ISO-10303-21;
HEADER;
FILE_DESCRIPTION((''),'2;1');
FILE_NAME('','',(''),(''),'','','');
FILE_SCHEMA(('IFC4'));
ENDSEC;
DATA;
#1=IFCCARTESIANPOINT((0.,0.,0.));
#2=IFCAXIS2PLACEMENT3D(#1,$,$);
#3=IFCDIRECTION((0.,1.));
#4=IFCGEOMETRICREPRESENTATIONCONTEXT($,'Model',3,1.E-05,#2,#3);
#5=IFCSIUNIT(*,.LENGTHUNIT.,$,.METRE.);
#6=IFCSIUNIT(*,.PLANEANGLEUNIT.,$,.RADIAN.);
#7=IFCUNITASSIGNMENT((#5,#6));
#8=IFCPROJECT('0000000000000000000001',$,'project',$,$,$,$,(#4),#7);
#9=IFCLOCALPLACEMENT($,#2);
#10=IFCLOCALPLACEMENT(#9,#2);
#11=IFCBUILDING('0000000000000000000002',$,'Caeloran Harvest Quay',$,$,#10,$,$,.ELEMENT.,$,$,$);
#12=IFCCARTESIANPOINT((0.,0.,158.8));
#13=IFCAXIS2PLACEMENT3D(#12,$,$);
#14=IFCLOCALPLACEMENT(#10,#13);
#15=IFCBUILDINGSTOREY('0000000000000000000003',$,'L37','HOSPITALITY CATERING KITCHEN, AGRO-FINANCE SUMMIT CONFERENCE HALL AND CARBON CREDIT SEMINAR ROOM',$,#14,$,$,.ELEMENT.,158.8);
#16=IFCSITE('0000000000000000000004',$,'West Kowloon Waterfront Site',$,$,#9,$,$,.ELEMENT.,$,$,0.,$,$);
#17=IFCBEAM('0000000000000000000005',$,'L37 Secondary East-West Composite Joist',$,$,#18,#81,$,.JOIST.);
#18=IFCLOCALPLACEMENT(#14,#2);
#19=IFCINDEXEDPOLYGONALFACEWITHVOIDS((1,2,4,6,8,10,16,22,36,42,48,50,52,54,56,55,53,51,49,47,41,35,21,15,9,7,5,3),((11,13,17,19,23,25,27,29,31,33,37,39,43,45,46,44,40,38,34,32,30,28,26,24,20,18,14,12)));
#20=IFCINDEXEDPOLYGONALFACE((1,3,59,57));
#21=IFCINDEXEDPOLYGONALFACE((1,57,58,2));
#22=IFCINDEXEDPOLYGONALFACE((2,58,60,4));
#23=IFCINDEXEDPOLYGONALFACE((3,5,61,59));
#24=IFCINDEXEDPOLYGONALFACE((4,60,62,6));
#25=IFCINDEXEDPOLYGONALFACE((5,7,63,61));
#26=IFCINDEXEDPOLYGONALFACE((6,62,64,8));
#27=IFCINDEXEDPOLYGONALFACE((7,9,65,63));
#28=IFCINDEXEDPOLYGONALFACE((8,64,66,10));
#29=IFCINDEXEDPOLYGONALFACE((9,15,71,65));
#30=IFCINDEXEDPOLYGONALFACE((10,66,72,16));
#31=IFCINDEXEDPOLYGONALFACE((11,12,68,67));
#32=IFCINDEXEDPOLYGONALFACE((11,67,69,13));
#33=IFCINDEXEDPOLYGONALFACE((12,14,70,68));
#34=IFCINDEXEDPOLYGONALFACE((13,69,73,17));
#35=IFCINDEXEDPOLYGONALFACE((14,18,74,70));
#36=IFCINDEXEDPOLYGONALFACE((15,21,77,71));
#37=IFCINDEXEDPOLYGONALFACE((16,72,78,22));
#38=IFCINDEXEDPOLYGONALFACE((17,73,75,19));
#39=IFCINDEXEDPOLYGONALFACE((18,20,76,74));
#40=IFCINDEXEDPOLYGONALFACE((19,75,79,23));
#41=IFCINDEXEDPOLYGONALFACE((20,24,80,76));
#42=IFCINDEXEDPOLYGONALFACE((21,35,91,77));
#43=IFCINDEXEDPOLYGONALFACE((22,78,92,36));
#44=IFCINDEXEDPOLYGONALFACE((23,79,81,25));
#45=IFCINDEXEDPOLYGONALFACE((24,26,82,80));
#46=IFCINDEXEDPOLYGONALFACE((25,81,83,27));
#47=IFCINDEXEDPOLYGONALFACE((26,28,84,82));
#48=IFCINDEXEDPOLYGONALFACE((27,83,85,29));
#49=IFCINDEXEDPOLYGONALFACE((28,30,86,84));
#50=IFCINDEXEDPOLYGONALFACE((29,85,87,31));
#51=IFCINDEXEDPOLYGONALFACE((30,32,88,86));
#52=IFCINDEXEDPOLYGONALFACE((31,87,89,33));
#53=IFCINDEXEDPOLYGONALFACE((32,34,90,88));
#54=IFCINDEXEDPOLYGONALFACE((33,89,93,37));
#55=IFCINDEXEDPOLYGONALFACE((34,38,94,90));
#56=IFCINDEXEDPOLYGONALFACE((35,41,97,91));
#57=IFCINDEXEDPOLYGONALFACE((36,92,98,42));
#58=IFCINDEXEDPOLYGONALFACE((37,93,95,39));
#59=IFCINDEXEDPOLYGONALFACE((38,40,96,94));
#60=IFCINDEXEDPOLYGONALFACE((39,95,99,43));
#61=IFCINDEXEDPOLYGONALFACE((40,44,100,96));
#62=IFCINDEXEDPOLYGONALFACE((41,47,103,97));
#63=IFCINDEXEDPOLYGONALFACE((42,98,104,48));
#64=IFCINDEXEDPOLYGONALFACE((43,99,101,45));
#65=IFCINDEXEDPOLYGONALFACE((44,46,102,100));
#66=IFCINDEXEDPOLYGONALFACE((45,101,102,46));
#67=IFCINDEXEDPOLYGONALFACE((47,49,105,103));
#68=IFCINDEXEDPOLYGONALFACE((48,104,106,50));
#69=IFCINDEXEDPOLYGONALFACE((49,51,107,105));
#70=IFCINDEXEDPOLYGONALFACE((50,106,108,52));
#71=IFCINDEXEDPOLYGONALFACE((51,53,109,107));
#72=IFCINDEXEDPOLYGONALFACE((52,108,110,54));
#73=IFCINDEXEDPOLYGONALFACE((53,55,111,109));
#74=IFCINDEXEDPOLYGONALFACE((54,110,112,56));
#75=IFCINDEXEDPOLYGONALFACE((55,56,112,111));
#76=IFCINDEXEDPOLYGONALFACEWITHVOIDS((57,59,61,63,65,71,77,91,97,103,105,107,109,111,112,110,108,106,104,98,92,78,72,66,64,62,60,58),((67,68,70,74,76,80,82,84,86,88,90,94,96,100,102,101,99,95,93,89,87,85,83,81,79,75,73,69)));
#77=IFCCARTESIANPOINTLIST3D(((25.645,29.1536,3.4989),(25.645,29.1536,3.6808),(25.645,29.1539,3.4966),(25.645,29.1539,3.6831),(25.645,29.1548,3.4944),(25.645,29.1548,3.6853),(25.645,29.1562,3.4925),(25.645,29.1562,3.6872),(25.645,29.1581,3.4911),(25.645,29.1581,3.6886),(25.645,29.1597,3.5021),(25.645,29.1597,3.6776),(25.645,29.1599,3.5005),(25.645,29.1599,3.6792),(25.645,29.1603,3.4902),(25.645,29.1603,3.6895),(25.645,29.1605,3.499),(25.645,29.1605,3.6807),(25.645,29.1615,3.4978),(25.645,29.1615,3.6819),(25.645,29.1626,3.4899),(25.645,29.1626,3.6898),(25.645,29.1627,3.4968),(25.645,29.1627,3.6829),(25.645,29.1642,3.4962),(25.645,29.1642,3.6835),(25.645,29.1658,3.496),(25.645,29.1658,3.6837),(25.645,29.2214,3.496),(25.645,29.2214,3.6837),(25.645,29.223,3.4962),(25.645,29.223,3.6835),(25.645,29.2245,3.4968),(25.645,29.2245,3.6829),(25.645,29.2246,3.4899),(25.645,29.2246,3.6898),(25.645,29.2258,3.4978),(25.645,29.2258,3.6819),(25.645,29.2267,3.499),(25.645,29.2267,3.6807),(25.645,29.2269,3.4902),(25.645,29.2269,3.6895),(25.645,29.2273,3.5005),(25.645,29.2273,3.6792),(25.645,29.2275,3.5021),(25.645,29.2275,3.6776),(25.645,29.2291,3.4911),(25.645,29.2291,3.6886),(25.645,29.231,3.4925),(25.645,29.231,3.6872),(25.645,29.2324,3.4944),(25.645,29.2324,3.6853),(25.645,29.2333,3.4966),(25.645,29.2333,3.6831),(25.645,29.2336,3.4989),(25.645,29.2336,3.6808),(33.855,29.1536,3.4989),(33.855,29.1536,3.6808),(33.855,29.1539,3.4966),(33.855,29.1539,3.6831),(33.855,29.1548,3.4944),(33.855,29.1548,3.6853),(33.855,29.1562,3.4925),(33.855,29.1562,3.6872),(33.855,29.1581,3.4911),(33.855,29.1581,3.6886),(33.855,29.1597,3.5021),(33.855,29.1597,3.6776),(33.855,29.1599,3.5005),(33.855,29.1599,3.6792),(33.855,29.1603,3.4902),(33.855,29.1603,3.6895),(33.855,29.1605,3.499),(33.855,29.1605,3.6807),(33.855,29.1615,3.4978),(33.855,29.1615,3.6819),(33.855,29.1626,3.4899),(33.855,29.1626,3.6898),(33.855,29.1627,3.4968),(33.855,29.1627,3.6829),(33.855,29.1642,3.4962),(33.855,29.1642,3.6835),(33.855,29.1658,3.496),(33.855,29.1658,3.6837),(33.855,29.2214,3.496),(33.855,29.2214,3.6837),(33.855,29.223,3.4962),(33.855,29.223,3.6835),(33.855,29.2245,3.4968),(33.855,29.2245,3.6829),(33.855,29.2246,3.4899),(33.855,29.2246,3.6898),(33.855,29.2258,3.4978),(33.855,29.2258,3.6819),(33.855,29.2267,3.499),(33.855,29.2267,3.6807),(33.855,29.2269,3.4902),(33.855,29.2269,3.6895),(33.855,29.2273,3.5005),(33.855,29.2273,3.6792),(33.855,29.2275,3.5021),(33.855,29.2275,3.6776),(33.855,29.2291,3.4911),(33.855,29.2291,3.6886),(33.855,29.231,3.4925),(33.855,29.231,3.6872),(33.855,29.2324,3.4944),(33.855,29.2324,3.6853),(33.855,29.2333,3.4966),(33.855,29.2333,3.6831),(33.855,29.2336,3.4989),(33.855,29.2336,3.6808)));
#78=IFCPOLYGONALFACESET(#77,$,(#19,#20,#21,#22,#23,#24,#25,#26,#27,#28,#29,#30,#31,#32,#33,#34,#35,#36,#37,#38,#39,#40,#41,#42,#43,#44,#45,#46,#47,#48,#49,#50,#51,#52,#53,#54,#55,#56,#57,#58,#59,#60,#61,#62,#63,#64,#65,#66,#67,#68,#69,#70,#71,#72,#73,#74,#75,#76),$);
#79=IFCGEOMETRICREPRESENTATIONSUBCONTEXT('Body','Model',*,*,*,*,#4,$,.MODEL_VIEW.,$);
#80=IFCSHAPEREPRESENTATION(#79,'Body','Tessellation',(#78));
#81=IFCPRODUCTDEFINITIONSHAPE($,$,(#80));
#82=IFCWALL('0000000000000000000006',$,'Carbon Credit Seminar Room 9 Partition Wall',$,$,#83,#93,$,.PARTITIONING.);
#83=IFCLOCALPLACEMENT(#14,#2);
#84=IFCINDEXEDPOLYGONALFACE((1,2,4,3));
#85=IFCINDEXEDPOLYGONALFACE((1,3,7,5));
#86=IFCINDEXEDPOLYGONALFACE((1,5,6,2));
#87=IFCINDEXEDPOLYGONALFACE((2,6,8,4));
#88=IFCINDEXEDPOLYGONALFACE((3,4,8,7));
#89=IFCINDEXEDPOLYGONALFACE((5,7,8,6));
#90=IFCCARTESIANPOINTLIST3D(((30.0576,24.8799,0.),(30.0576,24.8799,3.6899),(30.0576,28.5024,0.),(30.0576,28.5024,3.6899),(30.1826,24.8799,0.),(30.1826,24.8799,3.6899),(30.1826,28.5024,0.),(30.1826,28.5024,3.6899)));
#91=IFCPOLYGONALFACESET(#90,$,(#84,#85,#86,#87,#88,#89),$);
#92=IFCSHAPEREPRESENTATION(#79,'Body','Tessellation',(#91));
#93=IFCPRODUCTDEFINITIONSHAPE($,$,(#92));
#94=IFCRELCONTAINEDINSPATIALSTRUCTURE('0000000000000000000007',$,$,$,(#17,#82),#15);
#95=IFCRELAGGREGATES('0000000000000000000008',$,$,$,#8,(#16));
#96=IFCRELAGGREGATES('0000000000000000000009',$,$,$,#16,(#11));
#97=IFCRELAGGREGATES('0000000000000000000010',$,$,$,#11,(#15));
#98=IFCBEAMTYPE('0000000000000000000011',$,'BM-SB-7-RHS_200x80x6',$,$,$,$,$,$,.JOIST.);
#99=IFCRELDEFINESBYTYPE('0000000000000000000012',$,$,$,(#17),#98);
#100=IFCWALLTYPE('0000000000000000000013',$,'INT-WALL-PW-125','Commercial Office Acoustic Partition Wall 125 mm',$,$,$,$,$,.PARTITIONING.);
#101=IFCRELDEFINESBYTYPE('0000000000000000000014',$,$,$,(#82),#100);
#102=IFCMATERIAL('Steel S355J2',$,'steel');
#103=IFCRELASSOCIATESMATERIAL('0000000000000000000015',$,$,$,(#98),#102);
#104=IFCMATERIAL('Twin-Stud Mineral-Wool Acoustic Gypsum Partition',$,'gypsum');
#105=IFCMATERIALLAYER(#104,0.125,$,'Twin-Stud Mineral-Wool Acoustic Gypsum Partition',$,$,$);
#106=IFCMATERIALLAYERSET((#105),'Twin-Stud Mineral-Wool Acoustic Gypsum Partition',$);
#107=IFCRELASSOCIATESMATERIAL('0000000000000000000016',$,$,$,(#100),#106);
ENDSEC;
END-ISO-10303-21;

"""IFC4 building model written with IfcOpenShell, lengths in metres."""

from ifc_helpers import new_model, si_unit, direction, frame, frame_2d, origin, origin_2d, place, context, subcontext, project, spatial, rectangle, hollow_rectangle, extrude, material, layer, layer_set, material_profile, profile_set, type_object, element, save


model = new_model("IFC4")

# Units and contexts
model_context = context("Model", 3, precision=1e-05, world=origin(), true_north=direction((0.0, 1.0)))
body_context = subcontext(model_context, "Body", "Model", "MODEL_VIEW")
ifc_project = project(units=[si_unit("LENGTHUNIT", "METRE"), si_unit("PLANEANGLEUNIT", "RADIAN")], contexts=[model_context])

# Site, building, storey
site_placement = place(None, origin())
site = spatial("IfcSite", under=ifc_project, at=site_placement, Name="West Kowloon Waterfront Site", CompositionType="ELEMENT", RefElevation=0.0)
building_placement = place(site_placement, origin())
building = spatial("IfcBuilding", under=site, at=building_placement, Name="Caeloran Harvest Quay", CompositionType="ELEMENT")
storey_placement = place(building_placement, frame((0.0, 0.0, 158.8)))
storey = spatial("IfcBuildingStorey", under=building, at=storey_placement, Name="L37", Description="HOSPITALITY CATERING KITCHEN, AGRO-FINANCE SUMMIT CONFERENCE HALL AND CARBON CREDIT SEMINAR ROOM", CompositionType="ELEMENT", Elevation=158.8)

# Beam
ifc_material_1 = material(Name="Steel S355J2", Category="steel")
ifc_material_profile_1 = material_profile(ifc_material_1, hollow_rectangle(XDim=0.0801, YDim=0.2, WallThickness=0.0061, InnerFilletRadius=0.0061, OuterFilletRadius=0.009, at=origin_2d()), Name="RHS 200x80x6")
ifc_profile_set_1 = profile_set([ifc_material_profile_1], Name="Steel S355J2")
beam_type_1 = type_object("IfcBeamType", Name="BM-SB-7-RHS_200x80x6", PredefinedType="JOIST", material=ifc_profile_set_1)
for number, where, z_axis, x_axis, name in (
    (1, (25.645, 29.1936, 3.5898), (1.0, 0.0, 0.0), (0.0, 1.0, 0.0), "L37 Secondary East-West Composite Joist"),
):
    element("IfcBeam", number, at=place(storey_placement, frame(where, z_axis=z_axis, x_axis=x_axis)), inside=storey, type_object=beam_type_1, Name=name, PredefinedType="JOIST", context=body_context, shape_type="SweptSolid", body=[
        extrude(hollow_rectangle(XDim=0.0801, YDim=0.2, WallThickness=0.0061, InnerFilletRadius=0.0061, OuterFilletRadius=0.009, at=origin_2d()), origin(), (0.0, 0.0, 1.0), 8.21),
    ])

# Wall
ifc_material_2 = material(Name="Twin-Stud Mineral-Wool Acoustic Gypsum Partition", Category="gypsum")
ifc_layer = layer(ifc_material_2, 0.125, Name="Twin-Stud Mineral-Wool Acoustic Gypsum Partition")
ifc_layer_set = layer_set([ifc_layer], Name="Twin-Stud Mineral-Wool Acoustic Gypsum Partition")
wall_type = type_object("IfcWallType", Name="INT-WALL-PW-125", Description="Commercial Office Acoustic Partition Wall 125 mm", PredefinedType="PARTITIONING", material=ifc_layer_set)
wall_1_placement = place(storey_placement, frame((30.1201, 28.5024, 0.0), z_axis=(0.0, 0.0, 1.0), x_axis=(0.0, -1.0, 0.0)))
element("IfcWall", 2, at=wall_1_placement, inside=storey, type_object=wall_type, Name="Carbon Credit Seminar Room 9 Partition Wall", PredefinedType="PARTITIONING", context=body_context, shape_type="SweptSolid", body=[
    extrude(rectangle(XDim=3.6226, YDim=0.125, at=frame_2d((1.8113, 0.0))), origin(), (0.0, 0.0, 1.0), 3.6899),
])

save(model, "model.ifc")
